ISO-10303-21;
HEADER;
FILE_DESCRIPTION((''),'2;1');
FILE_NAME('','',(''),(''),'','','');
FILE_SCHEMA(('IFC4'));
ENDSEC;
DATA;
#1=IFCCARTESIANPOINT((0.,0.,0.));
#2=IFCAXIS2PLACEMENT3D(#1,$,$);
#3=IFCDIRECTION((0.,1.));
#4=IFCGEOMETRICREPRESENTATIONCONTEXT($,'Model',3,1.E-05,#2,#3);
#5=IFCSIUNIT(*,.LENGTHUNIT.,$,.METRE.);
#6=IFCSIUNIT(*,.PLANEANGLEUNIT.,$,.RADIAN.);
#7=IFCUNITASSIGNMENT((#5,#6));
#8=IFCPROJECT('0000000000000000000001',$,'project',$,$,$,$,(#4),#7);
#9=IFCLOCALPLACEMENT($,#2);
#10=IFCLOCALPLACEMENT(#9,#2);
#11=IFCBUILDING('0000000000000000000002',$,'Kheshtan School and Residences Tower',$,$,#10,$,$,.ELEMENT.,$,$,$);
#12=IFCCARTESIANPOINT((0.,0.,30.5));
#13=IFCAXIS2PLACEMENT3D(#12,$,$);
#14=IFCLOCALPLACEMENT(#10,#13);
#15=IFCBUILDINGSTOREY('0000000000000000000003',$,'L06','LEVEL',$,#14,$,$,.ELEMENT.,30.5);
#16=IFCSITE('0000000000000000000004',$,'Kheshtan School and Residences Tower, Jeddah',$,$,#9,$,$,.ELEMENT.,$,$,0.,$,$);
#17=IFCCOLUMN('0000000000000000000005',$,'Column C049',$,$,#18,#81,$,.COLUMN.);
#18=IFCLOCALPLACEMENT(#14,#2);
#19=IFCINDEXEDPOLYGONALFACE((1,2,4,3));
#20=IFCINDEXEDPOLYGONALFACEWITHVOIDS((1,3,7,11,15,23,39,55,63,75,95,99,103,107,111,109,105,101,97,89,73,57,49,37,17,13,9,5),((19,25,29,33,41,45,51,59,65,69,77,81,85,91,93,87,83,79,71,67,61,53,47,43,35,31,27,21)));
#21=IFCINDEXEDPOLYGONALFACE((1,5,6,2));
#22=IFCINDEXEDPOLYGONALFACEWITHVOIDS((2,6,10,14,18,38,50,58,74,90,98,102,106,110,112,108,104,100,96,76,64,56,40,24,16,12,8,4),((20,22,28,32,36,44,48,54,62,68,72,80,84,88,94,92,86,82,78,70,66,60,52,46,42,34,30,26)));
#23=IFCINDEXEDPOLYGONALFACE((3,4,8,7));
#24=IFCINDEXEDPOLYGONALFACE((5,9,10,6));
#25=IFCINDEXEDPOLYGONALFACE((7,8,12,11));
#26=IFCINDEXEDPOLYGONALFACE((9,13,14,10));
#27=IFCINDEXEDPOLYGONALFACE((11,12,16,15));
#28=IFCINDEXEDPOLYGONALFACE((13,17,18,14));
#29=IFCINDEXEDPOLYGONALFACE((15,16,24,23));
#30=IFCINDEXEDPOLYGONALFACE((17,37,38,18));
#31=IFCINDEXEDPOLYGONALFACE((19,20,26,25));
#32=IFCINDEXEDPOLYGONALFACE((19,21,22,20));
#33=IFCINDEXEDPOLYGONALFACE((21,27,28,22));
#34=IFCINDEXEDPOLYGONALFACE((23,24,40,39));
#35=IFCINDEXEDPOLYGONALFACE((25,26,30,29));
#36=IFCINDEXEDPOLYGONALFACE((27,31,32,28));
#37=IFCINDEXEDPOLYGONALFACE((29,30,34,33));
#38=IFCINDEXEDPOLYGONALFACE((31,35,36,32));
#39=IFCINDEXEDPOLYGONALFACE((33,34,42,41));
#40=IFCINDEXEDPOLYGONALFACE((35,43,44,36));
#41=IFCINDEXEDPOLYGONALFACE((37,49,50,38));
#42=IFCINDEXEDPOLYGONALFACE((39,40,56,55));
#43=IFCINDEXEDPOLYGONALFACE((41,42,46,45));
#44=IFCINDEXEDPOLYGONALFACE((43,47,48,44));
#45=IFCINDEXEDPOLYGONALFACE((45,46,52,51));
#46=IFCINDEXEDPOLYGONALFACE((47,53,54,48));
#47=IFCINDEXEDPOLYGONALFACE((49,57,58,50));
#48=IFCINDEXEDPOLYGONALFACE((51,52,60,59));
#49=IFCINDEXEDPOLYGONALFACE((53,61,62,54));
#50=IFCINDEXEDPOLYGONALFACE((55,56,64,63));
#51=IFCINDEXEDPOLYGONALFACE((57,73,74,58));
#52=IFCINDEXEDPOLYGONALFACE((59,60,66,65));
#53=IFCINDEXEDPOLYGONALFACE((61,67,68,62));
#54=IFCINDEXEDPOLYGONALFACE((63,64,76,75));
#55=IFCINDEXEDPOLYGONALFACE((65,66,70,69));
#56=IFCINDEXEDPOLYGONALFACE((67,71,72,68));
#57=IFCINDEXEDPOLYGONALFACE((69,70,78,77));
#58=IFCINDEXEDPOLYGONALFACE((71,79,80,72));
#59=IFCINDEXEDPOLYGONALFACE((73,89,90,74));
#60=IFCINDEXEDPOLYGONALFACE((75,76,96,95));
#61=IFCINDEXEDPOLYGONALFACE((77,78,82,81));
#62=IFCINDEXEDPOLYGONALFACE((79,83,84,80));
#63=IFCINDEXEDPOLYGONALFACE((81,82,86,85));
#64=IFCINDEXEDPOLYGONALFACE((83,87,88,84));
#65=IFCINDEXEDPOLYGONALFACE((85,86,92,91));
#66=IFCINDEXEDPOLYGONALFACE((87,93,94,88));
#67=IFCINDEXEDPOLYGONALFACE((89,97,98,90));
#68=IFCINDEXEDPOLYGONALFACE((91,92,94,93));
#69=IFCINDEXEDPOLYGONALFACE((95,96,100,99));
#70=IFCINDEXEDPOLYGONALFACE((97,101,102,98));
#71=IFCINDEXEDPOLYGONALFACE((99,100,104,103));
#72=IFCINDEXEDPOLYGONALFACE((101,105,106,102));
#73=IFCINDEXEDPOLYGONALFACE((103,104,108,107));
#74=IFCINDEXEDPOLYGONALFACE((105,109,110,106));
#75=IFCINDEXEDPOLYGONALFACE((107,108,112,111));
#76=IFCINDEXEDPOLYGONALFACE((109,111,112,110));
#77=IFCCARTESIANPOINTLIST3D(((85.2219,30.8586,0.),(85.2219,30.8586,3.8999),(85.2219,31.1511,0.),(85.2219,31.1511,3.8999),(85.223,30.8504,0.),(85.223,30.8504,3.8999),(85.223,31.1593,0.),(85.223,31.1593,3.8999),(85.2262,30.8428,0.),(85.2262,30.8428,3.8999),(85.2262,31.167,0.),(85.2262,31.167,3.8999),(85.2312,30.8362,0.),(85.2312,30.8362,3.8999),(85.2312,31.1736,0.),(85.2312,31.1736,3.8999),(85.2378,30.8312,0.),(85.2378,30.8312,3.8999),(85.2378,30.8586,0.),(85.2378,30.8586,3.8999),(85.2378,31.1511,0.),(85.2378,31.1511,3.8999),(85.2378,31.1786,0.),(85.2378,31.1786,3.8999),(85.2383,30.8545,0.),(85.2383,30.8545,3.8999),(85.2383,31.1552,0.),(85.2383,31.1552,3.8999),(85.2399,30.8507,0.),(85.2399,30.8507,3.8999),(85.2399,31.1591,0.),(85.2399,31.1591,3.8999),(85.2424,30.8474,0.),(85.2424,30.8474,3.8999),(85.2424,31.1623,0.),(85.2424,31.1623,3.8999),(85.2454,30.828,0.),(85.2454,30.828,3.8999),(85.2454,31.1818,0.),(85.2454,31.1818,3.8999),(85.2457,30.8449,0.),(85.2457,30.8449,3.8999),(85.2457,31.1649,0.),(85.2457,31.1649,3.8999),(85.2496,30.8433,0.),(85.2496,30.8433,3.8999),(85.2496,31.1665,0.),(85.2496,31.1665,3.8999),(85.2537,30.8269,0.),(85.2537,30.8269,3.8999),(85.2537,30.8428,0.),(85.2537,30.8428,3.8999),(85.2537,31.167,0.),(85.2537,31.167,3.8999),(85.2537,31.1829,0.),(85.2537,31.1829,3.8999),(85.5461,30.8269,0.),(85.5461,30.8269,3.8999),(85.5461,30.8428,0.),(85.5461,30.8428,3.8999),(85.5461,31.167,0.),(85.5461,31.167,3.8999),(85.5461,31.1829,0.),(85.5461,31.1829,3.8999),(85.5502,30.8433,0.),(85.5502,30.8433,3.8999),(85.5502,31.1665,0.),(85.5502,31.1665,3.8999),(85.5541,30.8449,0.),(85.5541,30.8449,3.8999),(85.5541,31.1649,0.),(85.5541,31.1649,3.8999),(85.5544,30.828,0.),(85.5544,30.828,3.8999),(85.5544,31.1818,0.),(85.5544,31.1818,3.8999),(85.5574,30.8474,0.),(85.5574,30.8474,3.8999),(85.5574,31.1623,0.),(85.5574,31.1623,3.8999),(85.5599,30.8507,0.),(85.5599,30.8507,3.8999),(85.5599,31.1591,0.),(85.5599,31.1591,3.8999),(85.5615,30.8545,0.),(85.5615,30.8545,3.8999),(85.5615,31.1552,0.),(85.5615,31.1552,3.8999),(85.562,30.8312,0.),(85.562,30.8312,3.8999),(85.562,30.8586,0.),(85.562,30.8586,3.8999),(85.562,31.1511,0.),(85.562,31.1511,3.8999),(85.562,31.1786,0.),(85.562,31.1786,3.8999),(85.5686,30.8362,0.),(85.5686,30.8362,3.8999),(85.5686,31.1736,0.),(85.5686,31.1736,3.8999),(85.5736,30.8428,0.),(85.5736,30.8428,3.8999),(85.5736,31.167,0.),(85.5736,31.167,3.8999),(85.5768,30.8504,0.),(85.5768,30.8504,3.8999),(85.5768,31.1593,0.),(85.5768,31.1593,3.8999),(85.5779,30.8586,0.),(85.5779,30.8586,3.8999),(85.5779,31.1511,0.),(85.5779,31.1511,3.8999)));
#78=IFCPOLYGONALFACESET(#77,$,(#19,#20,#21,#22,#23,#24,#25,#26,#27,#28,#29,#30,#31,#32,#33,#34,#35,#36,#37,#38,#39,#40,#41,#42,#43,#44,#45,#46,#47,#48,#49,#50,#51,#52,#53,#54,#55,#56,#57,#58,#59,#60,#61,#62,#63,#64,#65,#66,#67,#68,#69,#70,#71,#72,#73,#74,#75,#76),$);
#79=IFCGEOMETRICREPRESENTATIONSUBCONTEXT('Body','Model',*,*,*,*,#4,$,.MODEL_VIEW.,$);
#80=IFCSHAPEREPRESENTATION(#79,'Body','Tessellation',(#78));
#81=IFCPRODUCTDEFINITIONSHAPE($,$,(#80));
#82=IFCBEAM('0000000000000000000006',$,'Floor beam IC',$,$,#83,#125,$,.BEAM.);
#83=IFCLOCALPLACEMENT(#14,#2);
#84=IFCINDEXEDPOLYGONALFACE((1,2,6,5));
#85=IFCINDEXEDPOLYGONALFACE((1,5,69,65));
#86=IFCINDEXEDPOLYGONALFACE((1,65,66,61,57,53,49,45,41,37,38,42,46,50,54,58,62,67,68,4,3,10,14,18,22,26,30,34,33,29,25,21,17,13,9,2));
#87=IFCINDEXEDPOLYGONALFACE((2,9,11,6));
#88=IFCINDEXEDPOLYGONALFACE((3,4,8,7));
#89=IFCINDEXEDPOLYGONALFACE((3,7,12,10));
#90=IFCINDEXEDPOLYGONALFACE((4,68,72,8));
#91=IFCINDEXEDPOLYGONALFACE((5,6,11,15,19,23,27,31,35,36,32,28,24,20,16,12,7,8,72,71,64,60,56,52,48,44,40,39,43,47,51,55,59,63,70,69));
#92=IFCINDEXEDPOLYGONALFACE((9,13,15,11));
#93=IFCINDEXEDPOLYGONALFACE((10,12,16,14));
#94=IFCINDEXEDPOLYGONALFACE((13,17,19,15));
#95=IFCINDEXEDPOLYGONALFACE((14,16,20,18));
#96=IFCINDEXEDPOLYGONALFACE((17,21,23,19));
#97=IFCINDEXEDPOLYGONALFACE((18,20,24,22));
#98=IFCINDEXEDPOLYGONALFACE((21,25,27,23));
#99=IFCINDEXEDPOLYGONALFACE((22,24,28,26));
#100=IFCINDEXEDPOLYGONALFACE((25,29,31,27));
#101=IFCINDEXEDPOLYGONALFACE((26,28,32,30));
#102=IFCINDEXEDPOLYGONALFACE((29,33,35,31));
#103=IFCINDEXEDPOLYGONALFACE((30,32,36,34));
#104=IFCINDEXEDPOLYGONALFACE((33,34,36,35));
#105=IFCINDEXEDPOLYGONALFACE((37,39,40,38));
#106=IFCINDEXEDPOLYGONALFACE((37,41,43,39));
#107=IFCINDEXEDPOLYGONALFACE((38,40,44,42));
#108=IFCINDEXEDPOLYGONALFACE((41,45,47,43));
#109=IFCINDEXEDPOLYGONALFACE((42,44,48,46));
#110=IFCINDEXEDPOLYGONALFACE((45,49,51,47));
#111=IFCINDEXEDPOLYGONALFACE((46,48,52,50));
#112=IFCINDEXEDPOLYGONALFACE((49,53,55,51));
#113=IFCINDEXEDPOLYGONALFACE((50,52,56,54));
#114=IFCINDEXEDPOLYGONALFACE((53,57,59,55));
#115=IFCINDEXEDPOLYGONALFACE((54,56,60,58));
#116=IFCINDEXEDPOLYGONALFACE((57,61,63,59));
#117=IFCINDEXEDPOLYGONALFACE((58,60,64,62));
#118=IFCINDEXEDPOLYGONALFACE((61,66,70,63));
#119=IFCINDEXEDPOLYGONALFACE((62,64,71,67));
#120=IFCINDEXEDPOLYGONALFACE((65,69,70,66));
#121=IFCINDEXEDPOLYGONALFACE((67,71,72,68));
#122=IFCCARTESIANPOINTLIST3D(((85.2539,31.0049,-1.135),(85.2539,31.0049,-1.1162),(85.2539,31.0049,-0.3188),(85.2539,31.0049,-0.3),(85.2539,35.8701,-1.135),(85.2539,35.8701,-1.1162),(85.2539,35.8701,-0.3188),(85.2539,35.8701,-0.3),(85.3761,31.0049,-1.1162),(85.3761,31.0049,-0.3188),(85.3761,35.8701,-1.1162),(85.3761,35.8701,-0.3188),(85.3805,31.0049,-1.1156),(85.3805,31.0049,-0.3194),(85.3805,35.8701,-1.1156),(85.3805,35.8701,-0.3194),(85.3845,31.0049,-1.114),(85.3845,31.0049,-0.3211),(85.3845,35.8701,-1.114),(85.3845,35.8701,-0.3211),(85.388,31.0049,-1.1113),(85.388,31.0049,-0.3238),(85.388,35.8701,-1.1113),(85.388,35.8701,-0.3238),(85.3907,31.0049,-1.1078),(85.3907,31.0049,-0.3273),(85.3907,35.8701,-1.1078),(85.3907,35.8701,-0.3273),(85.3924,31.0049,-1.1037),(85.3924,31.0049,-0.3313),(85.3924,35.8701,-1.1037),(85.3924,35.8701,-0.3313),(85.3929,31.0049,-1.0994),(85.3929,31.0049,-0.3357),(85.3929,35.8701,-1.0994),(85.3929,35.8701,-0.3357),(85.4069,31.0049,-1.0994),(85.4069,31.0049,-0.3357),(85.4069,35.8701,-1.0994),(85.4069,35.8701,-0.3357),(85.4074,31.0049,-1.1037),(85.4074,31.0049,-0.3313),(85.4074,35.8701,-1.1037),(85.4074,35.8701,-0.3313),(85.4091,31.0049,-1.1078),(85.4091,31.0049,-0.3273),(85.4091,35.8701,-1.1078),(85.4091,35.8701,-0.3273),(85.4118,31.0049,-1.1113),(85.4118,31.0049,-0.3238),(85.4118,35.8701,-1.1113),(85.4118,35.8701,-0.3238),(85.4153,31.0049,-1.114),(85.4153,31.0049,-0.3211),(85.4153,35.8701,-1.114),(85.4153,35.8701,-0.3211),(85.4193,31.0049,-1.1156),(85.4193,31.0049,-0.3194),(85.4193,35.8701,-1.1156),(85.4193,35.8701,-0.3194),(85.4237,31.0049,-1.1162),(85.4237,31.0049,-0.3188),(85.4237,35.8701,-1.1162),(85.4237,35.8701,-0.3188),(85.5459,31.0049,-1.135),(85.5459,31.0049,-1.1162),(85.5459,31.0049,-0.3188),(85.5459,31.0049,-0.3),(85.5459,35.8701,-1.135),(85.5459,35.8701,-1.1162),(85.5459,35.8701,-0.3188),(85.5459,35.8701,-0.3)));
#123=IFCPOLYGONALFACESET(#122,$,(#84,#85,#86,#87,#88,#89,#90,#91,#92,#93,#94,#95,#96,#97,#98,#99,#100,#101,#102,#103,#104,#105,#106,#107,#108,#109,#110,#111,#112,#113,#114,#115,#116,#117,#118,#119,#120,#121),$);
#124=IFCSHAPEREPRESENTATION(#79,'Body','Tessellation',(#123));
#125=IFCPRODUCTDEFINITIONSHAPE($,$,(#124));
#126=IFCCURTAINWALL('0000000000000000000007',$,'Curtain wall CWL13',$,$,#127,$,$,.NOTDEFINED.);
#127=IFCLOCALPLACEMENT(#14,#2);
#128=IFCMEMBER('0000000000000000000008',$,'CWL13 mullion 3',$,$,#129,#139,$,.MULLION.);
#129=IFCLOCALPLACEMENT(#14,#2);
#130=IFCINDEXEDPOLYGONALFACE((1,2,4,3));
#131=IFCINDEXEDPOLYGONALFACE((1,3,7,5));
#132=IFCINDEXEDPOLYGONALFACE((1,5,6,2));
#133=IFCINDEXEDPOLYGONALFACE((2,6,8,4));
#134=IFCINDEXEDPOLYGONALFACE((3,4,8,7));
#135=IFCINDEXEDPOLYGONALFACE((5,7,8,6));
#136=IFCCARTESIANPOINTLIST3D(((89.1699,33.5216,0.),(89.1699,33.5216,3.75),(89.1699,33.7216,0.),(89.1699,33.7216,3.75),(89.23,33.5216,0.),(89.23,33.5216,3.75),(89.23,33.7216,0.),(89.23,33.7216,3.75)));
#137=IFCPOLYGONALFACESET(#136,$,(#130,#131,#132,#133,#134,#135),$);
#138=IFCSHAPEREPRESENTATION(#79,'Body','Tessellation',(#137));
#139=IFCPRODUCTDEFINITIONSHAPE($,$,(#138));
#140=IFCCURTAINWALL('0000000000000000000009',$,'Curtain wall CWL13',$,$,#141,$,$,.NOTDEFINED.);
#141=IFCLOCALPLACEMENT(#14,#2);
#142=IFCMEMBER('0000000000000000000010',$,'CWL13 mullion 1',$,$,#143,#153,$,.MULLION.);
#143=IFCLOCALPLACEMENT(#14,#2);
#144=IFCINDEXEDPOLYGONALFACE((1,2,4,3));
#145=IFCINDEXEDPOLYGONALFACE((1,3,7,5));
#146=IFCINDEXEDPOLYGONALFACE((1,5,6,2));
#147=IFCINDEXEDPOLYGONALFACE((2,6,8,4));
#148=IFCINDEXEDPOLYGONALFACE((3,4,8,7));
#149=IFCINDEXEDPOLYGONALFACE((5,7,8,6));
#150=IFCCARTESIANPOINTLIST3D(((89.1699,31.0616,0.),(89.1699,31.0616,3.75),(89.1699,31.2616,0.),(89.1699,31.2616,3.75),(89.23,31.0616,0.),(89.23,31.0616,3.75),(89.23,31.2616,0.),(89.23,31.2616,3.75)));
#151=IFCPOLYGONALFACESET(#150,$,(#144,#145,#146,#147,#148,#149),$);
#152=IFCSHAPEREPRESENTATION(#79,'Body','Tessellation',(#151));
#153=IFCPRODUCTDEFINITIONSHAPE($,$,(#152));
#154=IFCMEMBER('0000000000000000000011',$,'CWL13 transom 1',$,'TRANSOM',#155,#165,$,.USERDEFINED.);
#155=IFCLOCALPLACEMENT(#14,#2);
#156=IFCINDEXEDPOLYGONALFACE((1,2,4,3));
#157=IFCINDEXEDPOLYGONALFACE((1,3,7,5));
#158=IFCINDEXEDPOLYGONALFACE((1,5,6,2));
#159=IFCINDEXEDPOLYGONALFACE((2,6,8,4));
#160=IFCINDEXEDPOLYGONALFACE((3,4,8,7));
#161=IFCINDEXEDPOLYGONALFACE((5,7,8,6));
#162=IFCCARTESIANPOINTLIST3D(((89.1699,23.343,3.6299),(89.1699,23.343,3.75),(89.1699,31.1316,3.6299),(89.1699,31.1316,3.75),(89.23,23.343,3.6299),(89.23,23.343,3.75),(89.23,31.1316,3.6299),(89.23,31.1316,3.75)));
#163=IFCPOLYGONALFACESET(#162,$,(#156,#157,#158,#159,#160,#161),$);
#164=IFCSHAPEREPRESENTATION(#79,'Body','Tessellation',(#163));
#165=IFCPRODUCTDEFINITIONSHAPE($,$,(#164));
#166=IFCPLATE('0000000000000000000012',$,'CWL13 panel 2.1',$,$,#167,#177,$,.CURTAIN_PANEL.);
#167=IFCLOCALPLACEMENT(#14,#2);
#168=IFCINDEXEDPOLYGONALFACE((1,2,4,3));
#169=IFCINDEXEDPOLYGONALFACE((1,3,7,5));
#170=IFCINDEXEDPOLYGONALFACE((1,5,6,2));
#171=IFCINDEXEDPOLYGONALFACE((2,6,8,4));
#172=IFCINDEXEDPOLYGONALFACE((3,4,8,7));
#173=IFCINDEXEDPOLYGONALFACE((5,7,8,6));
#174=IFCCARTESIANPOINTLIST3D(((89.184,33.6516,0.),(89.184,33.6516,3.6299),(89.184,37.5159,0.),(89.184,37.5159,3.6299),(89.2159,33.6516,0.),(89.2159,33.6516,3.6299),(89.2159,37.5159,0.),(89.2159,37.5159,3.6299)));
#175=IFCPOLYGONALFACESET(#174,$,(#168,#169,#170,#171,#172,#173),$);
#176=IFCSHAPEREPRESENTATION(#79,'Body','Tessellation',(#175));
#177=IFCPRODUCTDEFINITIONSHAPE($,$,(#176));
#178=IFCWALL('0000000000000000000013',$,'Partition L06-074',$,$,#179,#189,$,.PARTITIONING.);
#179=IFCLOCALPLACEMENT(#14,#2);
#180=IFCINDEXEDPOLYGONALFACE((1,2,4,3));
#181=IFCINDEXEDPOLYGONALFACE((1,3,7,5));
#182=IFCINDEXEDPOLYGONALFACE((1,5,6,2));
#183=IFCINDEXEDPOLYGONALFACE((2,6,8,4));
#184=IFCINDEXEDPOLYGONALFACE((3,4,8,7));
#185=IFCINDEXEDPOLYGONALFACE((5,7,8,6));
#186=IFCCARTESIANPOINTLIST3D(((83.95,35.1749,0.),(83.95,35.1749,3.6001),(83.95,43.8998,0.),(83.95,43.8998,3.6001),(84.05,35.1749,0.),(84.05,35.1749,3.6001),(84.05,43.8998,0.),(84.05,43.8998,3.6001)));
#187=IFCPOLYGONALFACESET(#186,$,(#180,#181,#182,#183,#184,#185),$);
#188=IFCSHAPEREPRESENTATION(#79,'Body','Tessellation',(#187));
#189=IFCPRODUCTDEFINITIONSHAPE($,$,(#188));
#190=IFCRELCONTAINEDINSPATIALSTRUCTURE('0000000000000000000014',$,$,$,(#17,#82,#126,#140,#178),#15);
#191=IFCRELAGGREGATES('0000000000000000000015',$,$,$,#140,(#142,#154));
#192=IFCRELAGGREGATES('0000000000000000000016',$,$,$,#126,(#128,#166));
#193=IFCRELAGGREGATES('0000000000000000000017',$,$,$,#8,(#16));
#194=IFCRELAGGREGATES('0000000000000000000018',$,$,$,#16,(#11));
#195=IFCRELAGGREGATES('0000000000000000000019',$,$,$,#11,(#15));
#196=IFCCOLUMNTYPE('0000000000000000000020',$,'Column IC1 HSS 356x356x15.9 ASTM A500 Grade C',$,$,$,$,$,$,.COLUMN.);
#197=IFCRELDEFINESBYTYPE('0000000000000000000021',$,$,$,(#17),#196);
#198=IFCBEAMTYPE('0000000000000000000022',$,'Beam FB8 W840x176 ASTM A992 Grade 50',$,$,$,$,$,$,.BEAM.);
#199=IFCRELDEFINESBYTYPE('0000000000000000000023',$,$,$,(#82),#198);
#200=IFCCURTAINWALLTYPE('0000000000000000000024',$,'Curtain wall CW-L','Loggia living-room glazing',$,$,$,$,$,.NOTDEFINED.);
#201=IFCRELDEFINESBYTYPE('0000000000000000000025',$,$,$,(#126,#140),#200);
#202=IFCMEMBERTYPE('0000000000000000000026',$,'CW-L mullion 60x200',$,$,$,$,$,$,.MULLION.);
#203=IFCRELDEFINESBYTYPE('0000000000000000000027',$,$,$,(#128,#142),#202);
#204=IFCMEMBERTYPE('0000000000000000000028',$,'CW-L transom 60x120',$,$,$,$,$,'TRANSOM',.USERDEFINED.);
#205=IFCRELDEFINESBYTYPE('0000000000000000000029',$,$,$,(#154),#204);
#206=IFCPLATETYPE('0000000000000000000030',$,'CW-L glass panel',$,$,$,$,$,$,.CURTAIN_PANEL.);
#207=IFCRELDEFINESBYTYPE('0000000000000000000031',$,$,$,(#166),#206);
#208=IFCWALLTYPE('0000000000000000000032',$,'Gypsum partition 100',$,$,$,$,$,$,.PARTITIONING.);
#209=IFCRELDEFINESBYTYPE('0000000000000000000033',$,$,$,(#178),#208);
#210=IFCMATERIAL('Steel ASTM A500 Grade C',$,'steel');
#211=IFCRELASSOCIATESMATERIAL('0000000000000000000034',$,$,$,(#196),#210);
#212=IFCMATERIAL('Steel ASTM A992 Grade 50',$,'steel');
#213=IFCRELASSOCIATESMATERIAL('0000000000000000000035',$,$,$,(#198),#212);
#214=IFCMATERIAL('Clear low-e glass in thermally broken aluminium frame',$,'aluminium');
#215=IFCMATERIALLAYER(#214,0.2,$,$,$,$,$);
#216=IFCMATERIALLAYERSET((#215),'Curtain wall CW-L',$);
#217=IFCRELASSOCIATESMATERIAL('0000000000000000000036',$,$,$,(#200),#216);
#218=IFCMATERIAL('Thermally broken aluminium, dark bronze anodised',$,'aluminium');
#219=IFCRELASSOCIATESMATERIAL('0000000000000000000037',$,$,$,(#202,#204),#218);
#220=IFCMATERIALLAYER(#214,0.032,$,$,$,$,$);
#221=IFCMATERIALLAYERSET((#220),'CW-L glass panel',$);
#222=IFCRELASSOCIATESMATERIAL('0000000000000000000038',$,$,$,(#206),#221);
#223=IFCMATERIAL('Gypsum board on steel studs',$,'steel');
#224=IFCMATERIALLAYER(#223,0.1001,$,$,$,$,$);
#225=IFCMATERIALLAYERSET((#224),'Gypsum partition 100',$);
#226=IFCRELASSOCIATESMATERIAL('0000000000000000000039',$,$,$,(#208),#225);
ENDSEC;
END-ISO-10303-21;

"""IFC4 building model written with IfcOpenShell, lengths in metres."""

from ifc_helpers import new_model, si_unit, direction, frame, frame_2d, origin, origin_2d, place, context, subcontext, project, spatial, rectangle, hollow_rectangle, i_section, extrude, material, layer, layer_set, material_profile, profile_set, type_object, element, aggregate, save


model = new_model("IFC4")

# Units and contexts
model_context = context("Model", 3, precision=1e-05, world=origin(), true_north=direction((0.0, 1.0)))
body_context = subcontext(model_context, "Body", "Model", "MODEL_VIEW")
ifc_project = project(units=[si_unit("LENGTHUNIT", "METRE"), si_unit("PLANEANGLEUNIT", "RADIAN")], contexts=[model_context])

# Site, building, storey
site_placement = place(None, origin())
site = spatial("IfcSite", under=ifc_project, at=site_placement, Name="Kheshtan School and Residences Tower, Jeddah", CompositionType="ELEMENT", RefElevation=0.0)
building_placement = place(site_placement, origin())
building = spatial("IfcBuilding", under=site, at=building_placement, Name="Kheshtan School and Residences Tower", CompositionType="ELEMENT")
storey_placement = place(building_placement, frame((0.0, 0.0, 30.5)))
storey = spatial("IfcBuildingStorey", under=building, at=storey_placement, Name="L06", Description="LEVEL", CompositionType="ELEMENT", Elevation=30.5)

# Column
ifc_material_1 = material(Name="Steel ASTM A500 Grade C", Category="steel")
ifc_material_profile_1 = material_profile(ifc_material_1, hollow_rectangle(XDim=0.356, YDim=0.356, WallThickness=0.0159, InnerFilletRadius=0.0159, OuterFilletRadius=0.0317, at=origin_2d()), Name="HSS 356x356x15.9")
ifc_profile_set_1 = profile_set([ifc_material_profile_1], Name="Steel ASTM A500 Grade C")
column_type = type_object("IfcColumnType", Name="Column IC1 HSS 356x356x15.9 ASTM A500 Grade C", PredefinedType="COLUMN", material=ifc_profile_set_1)
column_placement = place(storey_placement, frame((85.3999, 31.0049, 0.0), z_axis=(0.0, 0.0, 1.0), x_axis=(1.0, 0.0, 0.0)))
element("IfcColumn", 1, at=column_placement, inside=storey, type_object=column_type, Name="Column C049", PredefinedType="COLUMN", context=body_context, shape_type="SweptSolid", body=[
    extrude(hollow_rectangle(XDim=0.356, YDim=0.356, WallThickness=0.0159, InnerFilletRadius=0.0159, OuterFilletRadius=0.0317, at=origin_2d()), origin(), (0.0, 0.0, 1.0), 3.8999),
])

# Beam
ifc_material_2 = material(Name="Steel ASTM A992 Grade 50", Category="steel")
ifc_material_profile_2 = material_profile(ifc_material_2, i_section(OverallWidth=0.292, OverallDepth=0.835, WebThickness=0.0139, FlangeThickness=0.0188, FilletRadius=0.0168, at=origin_2d()), Name="W840x176")
ifc_profile_set_2 = profile_set([ifc_material_profile_2], Name="Steel ASTM A992 Grade 50")
beam_type = type_object("IfcBeamType", Name="Beam FB8 W840x176 ASTM A992 Grade 50", PredefinedType="BEAM", material=ifc_profile_set_2)
beam_placement = place(storey_placement, frame((85.3999, 31.0049, -0.7175), z_axis=(0.0, 1.0, 0.0), x_axis=(-1.0, 0.0, 0.0)))
element("IfcBeam", 2, at=beam_placement, inside=storey, type_object=beam_type, Name="Floor beam IC", PredefinedType="BEAM", context=body_context, shape_type="SweptSolid", body=[
    extrude(i_section(OverallWidth=0.292, OverallDepth=0.835, WebThickness=0.0139, FlangeThickness=0.0188, FilletRadius=0.0168, at=origin_2d()), origin(), (0.0, 0.0, 1.0), 4.8652),
])

# Curtain wall, member
ifc_material_3 = material(Name="Clear low-e glass in thermally broken aluminium frame", Category="aluminium")
ifc_layer_1 = layer(ifc_material_3, 0.2)
ifc_layer_set_1 = layer_set([ifc_layer_1], Name="Curtain wall CW-L")
curtain_wall_type = type_object("IfcCurtainWallType", Name="Curtain wall CW-L", Description="Loggia living-room glazing", PredefinedType="NOTDEFINED", material=ifc_layer_set_1)
curtain_wall_1_placement = place(storey_placement, origin())
curtain_wall_1 = element("IfcCurtainWall", 3, at=curtain_wall_1_placement, inside=storey, type_object=curtain_wall_type, Name="Curtain wall CWL13", PredefinedType="NOTDEFINED")
ifc_material_4 = material(Name="Thermally broken aluminium, dark bronze anodised", Category="aluminium")
ifc_material_profile_3 = material_profile(ifc_material_4, rectangle(XDim=0.0601, YDim=0.2, at=origin_2d()), Name="CW-L mullion 60x200")
ifc_profile_set_3 = profile_set([ifc_material_profile_3], Name="Thermally broken aluminium, dark bronze anodised")
member_type_1 = type_object("IfcMemberType", Name="CW-L mullion 60x200", PredefinedType="MULLION", material=ifc_profile_set_3)
member_1_placement = place(storey_placement, frame((89.2, 33.6216, 0.0), z_axis=(0.0, 0.0, 1.0), x_axis=(1.0, 0.0, 0.0)))
member_1 = element("IfcMember", 4, at=member_1_placement, type_object=member_type_1, Name="CWL13 mullion 3", PredefinedType="MULLION", context=body_context, shape_type="SweptSolid", body=[
    extrude(rectangle(XDim=0.0601, YDim=0.2, at=origin_2d()), origin(), (0.0, 0.0, 1.0), 3.75),
])

# Curtain wall, members
curtain_wall_2_placement = place(storey_placement, origin())
curtain_wall_2 = element("IfcCurtainWall", 5, at=curtain_wall_2_placement, inside=storey, type_object=curtain_wall_type, Name="Curtain wall CWL13", PredefinedType="NOTDEFINED")
member_2_placement = place(storey_placement, frame((89.2, 31.1616, 0.0), z_axis=(0.0, 0.0, 1.0), x_axis=(1.0, 0.0, 0.0)))
member_2 = element("IfcMember", 6, at=member_2_placement, type_object=member_type_1, Name="CWL13 mullion 1", PredefinedType="MULLION", context=body_context, shape_type="SweptSolid", body=[
    extrude(rectangle(XDim=0.0601, YDim=0.2, at=origin_2d()), origin(), (0.0, 0.0, 1.0), 3.75),
])
ifc_material_profile_4 = material_profile(ifc_material_4, rectangle(XDim=0.0601, YDim=0.1201, at=origin_2d()), Name="CW-L transom 60x120")
ifc_profile_set_4 = profile_set([ifc_material_profile_4], Name="Thermally broken aluminium, dark bronze anodised")
member_type_2 = type_object("IfcMemberType", Name="CW-L transom 60x120", ElementType="TRANSOM", PredefinedType="USERDEFINED", material=ifc_profile_set_4)
member_3_placement = place(storey_placement, frame((89.2, 31.1316, 3.6899), z_axis=(0.0, -1.0, 0.0), x_axis=(1.0, 0.0, 0.0)))
member_3 = element("IfcMember", 7, at=member_3_placement, type_object=member_type_2, Name="CWL13 transom 1", ObjectType="TRANSOM", PredefinedType="USERDEFINED", context=body_context, shape_type="SweptSolid", body=[
    extrude(rectangle(XDim=0.0601, YDim=0.1201, at=origin_2d()), origin(), (0.0, 0.0, 1.0), 7.7886),
])
aggregate(curtain_wall_2, [member_2, member_3])

# Plate
ifc_layer_2 = layer(ifc_material_3, 0.032)
ifc_layer_set_2 = layer_set([ifc_layer_2], Name="CW-L glass panel")
plate_type = type_object("IfcPlateType", Name="CW-L glass panel", PredefinedType="CURTAIN_PANEL", material=ifc_layer_set_2)
plate_placement = place(storey_placement, frame((89.2, 35.5837, 0.0), z_axis=(0.0, 0.0, 1.0), x_axis=(0.0, -1.0, 0.0)))
plate = element("IfcPlate", 8, at=plate_placement, type_object=plate_type, Name="CWL13 panel 2.1", PredefinedType="CURTAIN_PANEL", context=body_context, shape_type="SweptSolid", body=[
    extrude(rectangle(XDim=3.8643, YDim=0.032, at=origin_2d()), origin(), (0.0, 0.0, 1.0), 3.6299),
])
aggregate(curtain_wall_1, [member_1, plate])

# Wall
ifc_material_5 = material(Name="Gypsum board on steel studs", Category="steel")
ifc_layer_3 = layer(ifc_material_5, 0.1001)
ifc_layer_set_3 = layer_set([ifc_layer_3], Name="Gypsum partition 100")
wall_type_1 = type_object("IfcWallType", Name="Gypsum partition 100", PredefinedType="PARTITIONING", material=ifc_layer_set_3)
wall_1_placement = place(storey_placement, frame((84.0, 35.175, 0.0), z_axis=(0.0, 0.0, 1.0), x_axis=(0.0, 1.0, 0.0)))
element("IfcWall", 9, at=wall_1_placement, inside=storey, type_object=wall_type_1, Name="Partition L06-074", PredefinedType="PARTITIONING", context=body_context, shape_type="SweptSolid", body=[
    extrude(rectangle(XDim=8.7249, YDim=0.1001, at=frame_2d((4.3623, 0.0))), origin(), (0.0, 0.0, 1.0), 3.6001),
])

save(model, "model.ifc")
